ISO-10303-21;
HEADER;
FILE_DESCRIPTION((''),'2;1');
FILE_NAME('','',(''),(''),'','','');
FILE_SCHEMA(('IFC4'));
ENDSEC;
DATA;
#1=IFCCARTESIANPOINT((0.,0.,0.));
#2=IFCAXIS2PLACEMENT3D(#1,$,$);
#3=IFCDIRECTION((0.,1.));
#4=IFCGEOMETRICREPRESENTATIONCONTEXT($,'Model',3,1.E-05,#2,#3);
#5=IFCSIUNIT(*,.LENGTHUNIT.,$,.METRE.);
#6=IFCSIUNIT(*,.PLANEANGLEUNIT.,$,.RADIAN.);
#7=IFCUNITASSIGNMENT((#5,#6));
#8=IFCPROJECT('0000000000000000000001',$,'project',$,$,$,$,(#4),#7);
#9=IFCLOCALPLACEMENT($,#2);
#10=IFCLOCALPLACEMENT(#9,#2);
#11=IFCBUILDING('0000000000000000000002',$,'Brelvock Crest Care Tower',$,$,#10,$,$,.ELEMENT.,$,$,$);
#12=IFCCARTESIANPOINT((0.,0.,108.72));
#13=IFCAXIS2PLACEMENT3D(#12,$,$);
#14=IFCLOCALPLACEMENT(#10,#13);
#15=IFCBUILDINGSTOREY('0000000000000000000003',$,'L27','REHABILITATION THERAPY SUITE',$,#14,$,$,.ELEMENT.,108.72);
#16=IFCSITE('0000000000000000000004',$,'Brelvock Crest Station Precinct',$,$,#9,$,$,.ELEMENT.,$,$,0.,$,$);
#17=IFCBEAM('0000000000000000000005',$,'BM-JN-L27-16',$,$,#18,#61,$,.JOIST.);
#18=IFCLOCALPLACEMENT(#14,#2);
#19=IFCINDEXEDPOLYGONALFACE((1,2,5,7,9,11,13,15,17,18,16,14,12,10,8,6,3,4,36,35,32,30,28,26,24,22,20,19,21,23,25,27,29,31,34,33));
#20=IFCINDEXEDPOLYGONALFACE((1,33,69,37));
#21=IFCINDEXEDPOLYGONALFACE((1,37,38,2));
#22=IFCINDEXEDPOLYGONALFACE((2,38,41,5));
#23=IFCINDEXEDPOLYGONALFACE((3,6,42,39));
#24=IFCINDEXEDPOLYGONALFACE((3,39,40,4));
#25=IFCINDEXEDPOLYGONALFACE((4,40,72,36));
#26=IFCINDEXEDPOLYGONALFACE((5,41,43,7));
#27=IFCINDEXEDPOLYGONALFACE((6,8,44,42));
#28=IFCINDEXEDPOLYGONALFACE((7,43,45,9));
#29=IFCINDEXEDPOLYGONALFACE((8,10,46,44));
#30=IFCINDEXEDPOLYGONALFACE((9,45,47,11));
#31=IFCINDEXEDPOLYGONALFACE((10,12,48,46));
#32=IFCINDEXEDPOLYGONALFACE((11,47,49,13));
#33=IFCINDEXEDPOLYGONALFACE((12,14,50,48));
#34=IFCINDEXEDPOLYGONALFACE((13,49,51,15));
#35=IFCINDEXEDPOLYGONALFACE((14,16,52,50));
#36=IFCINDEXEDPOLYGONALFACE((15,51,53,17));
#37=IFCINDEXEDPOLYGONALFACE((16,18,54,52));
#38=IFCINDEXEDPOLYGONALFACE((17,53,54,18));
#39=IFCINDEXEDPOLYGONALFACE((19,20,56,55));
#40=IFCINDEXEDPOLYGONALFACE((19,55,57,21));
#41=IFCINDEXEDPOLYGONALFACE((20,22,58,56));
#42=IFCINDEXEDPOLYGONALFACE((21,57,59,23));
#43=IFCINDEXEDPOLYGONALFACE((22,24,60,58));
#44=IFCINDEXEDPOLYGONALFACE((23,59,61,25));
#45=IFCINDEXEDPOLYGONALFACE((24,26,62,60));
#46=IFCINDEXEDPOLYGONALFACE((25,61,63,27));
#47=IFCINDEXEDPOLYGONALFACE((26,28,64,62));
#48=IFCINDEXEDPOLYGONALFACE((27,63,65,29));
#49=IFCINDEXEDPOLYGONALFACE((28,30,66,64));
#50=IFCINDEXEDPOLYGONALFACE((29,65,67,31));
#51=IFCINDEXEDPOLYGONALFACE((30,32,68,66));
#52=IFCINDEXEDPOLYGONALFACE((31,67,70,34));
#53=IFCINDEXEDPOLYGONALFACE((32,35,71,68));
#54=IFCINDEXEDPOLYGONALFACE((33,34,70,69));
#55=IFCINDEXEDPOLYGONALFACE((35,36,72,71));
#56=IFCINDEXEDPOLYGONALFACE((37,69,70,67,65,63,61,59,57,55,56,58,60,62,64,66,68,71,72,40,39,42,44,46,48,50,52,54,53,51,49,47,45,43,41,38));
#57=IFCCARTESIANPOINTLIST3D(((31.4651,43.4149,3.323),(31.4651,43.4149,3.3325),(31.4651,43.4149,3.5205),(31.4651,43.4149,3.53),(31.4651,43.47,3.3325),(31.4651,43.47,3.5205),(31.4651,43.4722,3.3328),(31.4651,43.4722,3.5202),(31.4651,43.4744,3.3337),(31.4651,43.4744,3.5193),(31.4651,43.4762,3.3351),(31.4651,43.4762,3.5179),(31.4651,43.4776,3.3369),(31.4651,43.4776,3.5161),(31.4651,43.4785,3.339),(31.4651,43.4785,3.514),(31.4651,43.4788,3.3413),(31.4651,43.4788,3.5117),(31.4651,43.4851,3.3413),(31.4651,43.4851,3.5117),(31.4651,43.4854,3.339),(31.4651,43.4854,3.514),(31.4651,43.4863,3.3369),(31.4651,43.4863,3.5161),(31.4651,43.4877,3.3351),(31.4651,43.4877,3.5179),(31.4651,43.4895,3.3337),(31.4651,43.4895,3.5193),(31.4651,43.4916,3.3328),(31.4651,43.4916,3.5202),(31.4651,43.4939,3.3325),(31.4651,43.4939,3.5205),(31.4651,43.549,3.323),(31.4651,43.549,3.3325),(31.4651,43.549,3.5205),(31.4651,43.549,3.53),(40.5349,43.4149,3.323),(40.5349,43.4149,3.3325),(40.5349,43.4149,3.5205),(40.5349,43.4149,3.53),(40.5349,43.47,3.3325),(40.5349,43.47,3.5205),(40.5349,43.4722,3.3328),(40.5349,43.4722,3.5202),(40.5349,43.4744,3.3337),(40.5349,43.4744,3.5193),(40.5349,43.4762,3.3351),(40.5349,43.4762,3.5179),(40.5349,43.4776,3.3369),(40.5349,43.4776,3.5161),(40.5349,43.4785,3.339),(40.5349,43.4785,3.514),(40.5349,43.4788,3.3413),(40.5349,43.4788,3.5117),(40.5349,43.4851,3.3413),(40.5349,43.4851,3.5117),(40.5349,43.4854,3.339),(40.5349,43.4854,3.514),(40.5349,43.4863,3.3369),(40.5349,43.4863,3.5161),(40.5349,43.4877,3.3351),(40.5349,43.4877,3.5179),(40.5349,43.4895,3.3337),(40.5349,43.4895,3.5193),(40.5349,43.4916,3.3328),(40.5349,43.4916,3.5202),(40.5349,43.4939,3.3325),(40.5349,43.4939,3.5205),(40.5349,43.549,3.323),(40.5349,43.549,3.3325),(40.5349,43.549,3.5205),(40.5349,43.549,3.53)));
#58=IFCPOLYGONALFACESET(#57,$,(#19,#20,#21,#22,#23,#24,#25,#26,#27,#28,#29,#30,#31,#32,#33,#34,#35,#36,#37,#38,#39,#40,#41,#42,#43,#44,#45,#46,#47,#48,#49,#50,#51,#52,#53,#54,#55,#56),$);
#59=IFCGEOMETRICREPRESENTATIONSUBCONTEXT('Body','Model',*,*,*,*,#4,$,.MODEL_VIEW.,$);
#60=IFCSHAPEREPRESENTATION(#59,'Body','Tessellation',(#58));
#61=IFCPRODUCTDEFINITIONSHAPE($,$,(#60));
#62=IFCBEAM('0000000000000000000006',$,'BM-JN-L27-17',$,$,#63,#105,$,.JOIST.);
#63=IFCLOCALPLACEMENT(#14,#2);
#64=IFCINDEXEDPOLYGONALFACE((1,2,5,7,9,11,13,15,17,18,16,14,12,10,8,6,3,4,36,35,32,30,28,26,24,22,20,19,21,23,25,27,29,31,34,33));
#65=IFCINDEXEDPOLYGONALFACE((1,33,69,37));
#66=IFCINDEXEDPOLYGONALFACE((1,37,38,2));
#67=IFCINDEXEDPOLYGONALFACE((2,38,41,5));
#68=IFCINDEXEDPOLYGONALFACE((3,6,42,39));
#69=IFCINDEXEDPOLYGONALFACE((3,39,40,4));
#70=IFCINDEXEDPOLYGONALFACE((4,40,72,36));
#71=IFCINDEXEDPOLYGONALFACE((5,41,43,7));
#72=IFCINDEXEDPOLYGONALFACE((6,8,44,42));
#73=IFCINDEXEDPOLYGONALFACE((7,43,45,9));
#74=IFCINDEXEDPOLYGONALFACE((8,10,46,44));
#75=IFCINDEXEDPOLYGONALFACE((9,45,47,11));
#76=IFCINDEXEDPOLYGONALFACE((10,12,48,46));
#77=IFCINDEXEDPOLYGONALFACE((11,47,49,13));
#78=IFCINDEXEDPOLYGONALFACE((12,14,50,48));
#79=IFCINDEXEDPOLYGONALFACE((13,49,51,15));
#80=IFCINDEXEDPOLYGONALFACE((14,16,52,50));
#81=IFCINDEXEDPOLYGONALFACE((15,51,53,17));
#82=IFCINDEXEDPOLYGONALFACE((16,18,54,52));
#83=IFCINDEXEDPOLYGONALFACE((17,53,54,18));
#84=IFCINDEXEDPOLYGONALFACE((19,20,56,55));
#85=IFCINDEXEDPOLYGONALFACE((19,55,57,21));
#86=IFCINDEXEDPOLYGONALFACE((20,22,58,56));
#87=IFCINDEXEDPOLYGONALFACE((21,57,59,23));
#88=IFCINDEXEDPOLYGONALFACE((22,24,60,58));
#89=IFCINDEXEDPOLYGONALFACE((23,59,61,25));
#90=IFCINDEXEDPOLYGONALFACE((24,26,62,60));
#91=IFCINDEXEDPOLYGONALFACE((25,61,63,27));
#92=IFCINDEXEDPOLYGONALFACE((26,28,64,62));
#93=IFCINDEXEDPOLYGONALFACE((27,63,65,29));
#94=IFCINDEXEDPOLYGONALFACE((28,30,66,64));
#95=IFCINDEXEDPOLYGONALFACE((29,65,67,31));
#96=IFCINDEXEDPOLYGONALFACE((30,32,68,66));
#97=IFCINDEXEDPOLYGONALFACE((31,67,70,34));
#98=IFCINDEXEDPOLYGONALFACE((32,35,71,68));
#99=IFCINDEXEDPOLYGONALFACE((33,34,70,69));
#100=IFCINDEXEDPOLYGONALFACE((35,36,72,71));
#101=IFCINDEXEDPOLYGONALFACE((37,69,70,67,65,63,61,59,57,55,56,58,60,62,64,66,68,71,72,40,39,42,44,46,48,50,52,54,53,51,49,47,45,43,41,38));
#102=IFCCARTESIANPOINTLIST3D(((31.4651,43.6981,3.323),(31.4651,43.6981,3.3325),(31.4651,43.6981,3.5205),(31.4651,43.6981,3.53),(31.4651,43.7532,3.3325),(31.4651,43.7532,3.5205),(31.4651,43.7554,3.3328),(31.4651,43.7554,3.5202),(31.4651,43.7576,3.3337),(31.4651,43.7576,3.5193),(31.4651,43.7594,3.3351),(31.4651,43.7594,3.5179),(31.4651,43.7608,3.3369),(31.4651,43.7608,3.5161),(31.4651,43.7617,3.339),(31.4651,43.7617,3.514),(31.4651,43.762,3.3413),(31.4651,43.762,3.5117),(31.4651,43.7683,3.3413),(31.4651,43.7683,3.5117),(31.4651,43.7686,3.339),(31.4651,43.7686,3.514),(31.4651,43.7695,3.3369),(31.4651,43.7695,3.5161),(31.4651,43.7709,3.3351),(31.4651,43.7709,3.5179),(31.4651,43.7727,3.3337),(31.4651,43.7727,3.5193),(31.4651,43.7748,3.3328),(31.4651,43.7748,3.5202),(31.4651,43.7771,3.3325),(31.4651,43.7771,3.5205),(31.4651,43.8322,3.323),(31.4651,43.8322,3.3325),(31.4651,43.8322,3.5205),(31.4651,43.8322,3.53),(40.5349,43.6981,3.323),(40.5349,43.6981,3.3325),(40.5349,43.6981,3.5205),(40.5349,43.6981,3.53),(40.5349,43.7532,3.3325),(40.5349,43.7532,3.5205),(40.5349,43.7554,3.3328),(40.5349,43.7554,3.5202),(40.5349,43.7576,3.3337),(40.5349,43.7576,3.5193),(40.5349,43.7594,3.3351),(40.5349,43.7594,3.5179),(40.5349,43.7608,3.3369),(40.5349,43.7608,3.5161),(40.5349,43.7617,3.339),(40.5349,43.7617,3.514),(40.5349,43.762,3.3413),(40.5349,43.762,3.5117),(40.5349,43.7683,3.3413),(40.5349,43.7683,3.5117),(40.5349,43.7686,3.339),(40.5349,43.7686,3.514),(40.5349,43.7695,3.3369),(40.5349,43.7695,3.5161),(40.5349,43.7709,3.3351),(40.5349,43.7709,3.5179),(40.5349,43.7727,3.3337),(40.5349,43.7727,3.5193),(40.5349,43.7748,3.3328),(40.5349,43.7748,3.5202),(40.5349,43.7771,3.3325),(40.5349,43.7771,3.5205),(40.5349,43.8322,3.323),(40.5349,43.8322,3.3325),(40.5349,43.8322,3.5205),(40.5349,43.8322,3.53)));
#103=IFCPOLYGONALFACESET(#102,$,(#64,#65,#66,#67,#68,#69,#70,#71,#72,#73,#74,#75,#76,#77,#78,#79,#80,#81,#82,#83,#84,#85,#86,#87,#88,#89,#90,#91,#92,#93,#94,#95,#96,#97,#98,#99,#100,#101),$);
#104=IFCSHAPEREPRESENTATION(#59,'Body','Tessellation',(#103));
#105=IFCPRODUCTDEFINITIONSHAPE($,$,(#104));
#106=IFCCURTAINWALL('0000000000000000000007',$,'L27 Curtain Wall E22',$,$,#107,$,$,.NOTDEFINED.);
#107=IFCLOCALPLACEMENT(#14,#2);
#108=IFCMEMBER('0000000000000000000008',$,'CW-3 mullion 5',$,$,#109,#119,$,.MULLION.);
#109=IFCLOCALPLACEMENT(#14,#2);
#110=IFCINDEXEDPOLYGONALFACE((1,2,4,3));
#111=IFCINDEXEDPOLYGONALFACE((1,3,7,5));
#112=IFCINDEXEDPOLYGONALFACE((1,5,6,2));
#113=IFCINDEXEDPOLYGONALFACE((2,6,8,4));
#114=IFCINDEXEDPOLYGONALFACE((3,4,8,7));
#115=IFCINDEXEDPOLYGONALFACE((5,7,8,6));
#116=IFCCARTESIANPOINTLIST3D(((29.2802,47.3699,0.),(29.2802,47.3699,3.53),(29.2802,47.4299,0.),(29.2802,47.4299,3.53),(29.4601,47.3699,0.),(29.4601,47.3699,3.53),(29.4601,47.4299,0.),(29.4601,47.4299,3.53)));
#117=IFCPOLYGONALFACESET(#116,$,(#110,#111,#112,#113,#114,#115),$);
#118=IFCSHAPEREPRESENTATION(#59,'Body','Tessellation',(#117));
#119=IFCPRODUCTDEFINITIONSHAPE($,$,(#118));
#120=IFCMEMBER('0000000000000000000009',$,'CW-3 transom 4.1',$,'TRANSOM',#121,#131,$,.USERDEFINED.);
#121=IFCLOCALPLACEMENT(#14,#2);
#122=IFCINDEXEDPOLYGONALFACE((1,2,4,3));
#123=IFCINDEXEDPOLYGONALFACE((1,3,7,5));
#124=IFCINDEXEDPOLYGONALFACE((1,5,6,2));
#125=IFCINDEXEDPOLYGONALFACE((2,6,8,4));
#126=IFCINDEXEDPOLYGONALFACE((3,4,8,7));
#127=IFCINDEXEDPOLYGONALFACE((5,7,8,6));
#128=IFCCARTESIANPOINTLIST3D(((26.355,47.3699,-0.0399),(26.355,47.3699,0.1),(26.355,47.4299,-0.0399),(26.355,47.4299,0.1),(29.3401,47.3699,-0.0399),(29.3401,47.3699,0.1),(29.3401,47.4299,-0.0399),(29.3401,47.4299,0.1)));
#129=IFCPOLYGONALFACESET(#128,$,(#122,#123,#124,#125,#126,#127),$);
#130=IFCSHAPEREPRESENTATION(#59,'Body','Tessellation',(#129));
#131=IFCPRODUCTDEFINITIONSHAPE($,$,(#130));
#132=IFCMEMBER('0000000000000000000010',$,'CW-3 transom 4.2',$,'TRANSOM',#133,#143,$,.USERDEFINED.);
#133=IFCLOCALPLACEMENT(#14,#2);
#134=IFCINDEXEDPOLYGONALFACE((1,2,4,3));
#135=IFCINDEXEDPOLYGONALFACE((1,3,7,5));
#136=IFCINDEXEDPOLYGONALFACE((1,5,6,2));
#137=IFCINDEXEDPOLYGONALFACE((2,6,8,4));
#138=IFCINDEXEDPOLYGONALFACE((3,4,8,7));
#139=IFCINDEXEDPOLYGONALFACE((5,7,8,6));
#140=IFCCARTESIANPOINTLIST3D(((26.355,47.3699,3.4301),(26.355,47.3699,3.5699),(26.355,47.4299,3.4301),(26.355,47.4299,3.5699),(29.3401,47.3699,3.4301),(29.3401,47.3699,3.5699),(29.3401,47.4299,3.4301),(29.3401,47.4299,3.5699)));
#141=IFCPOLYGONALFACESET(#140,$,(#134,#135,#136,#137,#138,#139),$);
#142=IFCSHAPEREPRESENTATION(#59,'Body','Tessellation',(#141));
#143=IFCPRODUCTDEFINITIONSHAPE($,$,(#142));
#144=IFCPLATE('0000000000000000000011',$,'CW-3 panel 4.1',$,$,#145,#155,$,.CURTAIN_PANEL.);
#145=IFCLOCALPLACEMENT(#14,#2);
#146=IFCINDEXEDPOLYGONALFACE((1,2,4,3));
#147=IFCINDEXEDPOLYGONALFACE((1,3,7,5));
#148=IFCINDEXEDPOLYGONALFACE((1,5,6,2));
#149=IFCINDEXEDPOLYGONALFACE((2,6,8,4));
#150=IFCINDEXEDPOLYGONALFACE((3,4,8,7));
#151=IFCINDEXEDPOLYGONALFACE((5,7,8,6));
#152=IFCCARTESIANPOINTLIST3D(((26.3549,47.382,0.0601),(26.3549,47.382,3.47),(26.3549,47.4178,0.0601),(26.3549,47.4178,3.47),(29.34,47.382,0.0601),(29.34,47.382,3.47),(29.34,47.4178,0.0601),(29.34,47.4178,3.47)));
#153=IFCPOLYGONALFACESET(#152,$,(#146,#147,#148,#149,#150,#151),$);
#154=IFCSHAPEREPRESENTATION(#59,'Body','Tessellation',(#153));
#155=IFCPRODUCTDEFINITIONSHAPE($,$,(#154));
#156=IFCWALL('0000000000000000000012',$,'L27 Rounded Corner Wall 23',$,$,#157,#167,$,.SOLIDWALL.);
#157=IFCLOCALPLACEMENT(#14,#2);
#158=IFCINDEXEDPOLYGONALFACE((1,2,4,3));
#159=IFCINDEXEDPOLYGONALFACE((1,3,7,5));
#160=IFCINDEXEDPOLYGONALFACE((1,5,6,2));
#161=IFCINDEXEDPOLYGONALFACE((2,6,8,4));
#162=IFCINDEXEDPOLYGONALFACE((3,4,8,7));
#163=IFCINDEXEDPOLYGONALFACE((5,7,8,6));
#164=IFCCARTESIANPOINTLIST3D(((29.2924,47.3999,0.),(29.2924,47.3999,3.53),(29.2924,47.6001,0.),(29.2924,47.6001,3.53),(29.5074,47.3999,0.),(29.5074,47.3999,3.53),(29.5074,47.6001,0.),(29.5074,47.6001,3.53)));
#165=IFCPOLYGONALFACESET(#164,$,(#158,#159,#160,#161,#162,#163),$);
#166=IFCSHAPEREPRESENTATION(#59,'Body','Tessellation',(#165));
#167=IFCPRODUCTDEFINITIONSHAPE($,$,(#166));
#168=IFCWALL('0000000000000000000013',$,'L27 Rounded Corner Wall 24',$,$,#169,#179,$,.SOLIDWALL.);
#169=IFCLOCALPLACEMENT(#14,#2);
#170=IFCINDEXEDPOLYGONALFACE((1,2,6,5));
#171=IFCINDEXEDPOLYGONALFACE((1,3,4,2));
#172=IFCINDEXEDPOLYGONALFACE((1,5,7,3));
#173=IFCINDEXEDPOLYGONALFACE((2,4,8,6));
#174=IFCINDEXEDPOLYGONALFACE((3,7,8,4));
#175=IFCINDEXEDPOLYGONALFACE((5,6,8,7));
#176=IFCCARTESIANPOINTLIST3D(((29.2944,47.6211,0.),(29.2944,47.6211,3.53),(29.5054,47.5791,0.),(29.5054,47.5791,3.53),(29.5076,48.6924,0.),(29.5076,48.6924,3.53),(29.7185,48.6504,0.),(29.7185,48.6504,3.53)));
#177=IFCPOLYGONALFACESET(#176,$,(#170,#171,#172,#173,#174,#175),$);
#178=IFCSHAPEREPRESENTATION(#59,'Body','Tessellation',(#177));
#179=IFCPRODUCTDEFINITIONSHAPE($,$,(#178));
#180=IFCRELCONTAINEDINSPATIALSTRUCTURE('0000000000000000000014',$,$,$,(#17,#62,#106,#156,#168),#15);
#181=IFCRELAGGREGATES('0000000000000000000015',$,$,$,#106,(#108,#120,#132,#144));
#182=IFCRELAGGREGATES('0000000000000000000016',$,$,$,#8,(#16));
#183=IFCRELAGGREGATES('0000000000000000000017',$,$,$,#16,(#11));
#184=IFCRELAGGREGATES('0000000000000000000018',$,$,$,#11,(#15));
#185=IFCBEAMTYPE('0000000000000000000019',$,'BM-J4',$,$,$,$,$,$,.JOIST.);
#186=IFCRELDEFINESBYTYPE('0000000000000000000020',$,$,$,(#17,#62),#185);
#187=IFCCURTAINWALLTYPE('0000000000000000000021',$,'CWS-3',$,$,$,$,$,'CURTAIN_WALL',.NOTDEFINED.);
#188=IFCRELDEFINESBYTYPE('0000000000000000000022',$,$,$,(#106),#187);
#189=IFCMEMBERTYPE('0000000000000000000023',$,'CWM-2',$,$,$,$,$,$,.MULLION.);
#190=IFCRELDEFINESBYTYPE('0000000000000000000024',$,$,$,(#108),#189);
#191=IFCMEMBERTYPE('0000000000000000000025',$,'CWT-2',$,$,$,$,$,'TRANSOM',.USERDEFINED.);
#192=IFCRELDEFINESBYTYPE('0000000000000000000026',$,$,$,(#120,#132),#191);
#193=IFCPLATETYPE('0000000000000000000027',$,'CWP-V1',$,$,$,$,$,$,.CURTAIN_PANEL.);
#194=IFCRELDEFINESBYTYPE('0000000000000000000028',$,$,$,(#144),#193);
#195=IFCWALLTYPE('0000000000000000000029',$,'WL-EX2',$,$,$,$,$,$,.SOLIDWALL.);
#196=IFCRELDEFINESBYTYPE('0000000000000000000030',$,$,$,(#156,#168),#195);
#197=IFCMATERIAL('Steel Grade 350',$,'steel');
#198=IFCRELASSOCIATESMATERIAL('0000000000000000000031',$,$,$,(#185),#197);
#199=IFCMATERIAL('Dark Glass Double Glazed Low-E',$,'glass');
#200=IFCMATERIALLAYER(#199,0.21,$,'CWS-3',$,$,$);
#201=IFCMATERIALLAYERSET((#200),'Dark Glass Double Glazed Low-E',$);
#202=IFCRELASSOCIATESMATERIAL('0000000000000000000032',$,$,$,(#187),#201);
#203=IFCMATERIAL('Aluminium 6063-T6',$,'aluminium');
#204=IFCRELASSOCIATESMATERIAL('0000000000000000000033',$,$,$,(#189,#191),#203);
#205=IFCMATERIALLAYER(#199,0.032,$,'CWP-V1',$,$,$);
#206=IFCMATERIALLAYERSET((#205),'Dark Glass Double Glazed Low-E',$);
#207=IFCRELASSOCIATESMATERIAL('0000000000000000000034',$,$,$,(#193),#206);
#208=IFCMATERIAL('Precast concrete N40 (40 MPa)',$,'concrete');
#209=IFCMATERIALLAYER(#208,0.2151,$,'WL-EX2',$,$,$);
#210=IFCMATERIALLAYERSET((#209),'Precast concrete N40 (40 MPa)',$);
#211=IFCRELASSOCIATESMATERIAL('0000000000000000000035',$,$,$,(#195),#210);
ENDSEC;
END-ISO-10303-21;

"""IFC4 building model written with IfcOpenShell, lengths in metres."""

from ifc_helpers import new_model, si_unit, direction, frame, frame_2d, origin, origin_2d, place, context, subcontext, project, spatial, rectangle, i_section, extrude, source, transform, mapped, material, layer, layer_set, material_profile, profile_set, type_object, element, aggregate, save


model = new_model("IFC4")

# Units and contexts
model_context = context("Model", 3, precision=1e-05, world=origin(), true_north=direction((0.0, 1.0)))
body_context = subcontext(model_context, "Body", "Model", "MODEL_VIEW")
ifc_project = project(units=[si_unit("LENGTHUNIT", "METRE"), si_unit("PLANEANGLEUNIT", "RADIAN")], contexts=[model_context])

# Site, building, storey
site_placement = place(None, origin())
site = spatial("IfcSite", under=ifc_project, at=site_placement, Name="Brelvock Crest Station Precinct", CompositionType="ELEMENT", RefElevation=0.0)
building_placement = place(site_placement, origin())
building = spatial("IfcBuilding", under=site, at=building_placement, Name="Brelvock Crest Care Tower", CompositionType="ELEMENT")
storey_placement = place(building_placement, frame((0.0, 0.0, 108.72)))
storey = spatial("IfcBuildingStorey", under=building, at=storey_placement, Name="L27", Description="REHABILITATION THERAPY SUITE", CompositionType="ELEMENT", Elevation=108.72)

# Shared definitions
ifc_material_1 = material(Name="Steel Grade 350", Category="steel")

# Beams
ifc_material_profile_1 = material_profile(ifc_material_1, i_section(OverallWidth=0.134, OverallDepth=0.207, WebThickness=0.0063, FlangeThickness=0.0095, FilletRadius=0.0088, at=origin_2d()), Name="200UB29.8")
ifc_profile_set_1 = profile_set([ifc_material_profile_1], Name="Steel Grade 350")
beam_type_1 = type_object("IfcBeamType", Name="BM-J4", PredefinedType="JOIST", material=ifc_profile_set_1)
shared_shape_1 = source(origin(), body_context, "Body", "SweptSolid", [
    extrude(i_section(OverallWidth=0.134, OverallDepth=0.207, WebThickness=0.0063, FlangeThickness=0.0095, FilletRadius=0.0088, at=origin_2d()), origin(), (0.0, 0.0, 1.0), 9.0698),
])
for number, where, z_axis, x_axis, name in (
    (1, (31.4651, 43.4819, 3.4265), (1.0, 0.0, 0.0), (0.0, 1.0, 0.0), "BM-JN-L27-16"),
    (2, (31.4651, 43.7651, 3.4265), (1.0, 0.0, 0.0), (0.0, 1.0, 0.0), "BM-JN-L27-17"),
):
    element("IfcBeam", number, at=place(storey_placement, frame(where, z_axis=z_axis, x_axis=x_axis)), inside=storey, type_object=beam_type_1, Name=name, PredefinedType="JOIST", context=body_context, shape_type="MappedRepresentation", body=[
        mapped(shared_shape_1, transform((0.0, 0.0, 0.0), x_axis=(1.0, 0.0, 0.0), y_axis=(0.0, 1.0, 0.0), z_axis=(0.0, 0.0, 1.0), scale=1.0)),
    ])

# Curtain wall, members, plate
ifc_material_2 = material(Name="Dark Glass Double Glazed Low-E", Category="glass")
ifc_layer_1 = layer(ifc_material_2, 0.21, Name="CWS-3")
ifc_layer_set_1 = layer_set([ifc_layer_1], Name="Dark Glass Double Glazed Low-E")
curtain_wall_type = type_object("IfcCurtainWallType", Name="CWS-3", ElementType="CURTAIN_WALL", PredefinedType="NOTDEFINED", material=ifc_layer_set_1)
curtain_wall_placement = place(storey_placement, origin())
curtain_wall = element("IfcCurtainWall", 3, at=curtain_wall_placement, inside=storey, type_object=curtain_wall_type, Name="L27 Curtain Wall E22", PredefinedType="NOTDEFINED")
ifc_material_3 = material(Name="Aluminium 6063-T6", Category="aluminium")
ifc_material_profile_2 = material_profile(ifc_material_3, rectangle(XDim=0.0601, YDim=0.1799, at=origin_2d()), Name="ALU60x180")
ifc_profile_set_2 = profile_set([ifc_material_profile_2], Name="Aluminium 6063-T6")
member_type_1 = type_object("IfcMemberType", Name="CWM-2", PredefinedType="MULLION", material=ifc_profile_set_2)
shared_shape_2 = source(origin(), body_context, "Body", "SweptSolid", [
    extrude(rectangle(XDim=0.0601, YDim=0.1799, at=origin_2d()), origin(), (0.0, 0.0, 1.0), 3.53),
])
member_1_placement = place(storey_placement, frame((29.3701, 47.3999, 0.0), z_axis=(0.0, 0.0, 1.0), x_axis=(0.0, 1.0, 0.0)))
member_1 = element("IfcMember", 4, at=member_1_placement, type_object=member_type_1, Name="CW-3 mullion 5", PredefinedType="MULLION", context=body_context, shape_type="MappedRepresentation", body=[
    mapped(shared_shape_2, transform((0.0, 0.0, 0.0), x_axis=(1.0, 0.0, 0.0), y_axis=(0.0, 1.0, 0.0), z_axis=(0.0, 0.0, 1.0), scale=1.0)),
])
ifc_material_profile_3 = material_profile(ifc_material_3, rectangle(XDim=0.0601, YDim=0.1399, at=origin_2d()), Name="ALU60x140")
ifc_profile_set_3 = profile_set([ifc_material_profile_3], Name="Aluminium 6063-T6")
member_type_2 = type_object("IfcMemberType", Name="CWT-2", ElementType="TRANSOM", PredefinedType="USERDEFINED", material=ifc_profile_set_3)
shared_shape_3 = source(origin(), body_context, "Body", "SweptSolid", [
    extrude(rectangle(XDim=0.0601, YDim=0.1399, at=origin_2d()), origin(), (0.0, 0.0, 1.0), 2.9851),
])
member_2_placement = place(storey_placement, frame((26.355, 47.3999, 0.03), z_axis=(1.0, 0.0, 0.0), x_axis=(0.0, 1.0, 0.0)))
member_2 = element("IfcMember", 5, at=member_2_placement, type_object=member_type_2, Name="CW-3 transom 4.1", ObjectType="TRANSOM", PredefinedType="USERDEFINED", context=body_context, shape_type="MappedRepresentation", body=[
    mapped(shared_shape_3, transform((0.0, 0.0, 0.0), x_axis=(1.0, 0.0, 0.0), y_axis=(0.0, 1.0, 0.0), z_axis=(0.0, 0.0, 1.0), scale=1.0)),
])
member_3_placement = place(storey_placement, frame((26.355, 47.3999, 3.5), z_axis=(1.0, 0.0, 0.0), x_axis=(0.0, 1.0, 0.0)))
member_3 = element("IfcMember", 6, at=member_3_placement, type_object=member_type_2, Name="CW-3 transom 4.2", ObjectType="TRANSOM", PredefinedType="USERDEFINED", context=body_context, shape_type="MappedRepresentation", body=[
    mapped(shared_shape_3, transform((0.0, 0.0, 0.0), x_axis=(1.0, 0.0, 0.0), y_axis=(0.0, 1.0, 0.0), z_axis=(0.0, 0.0, 1.0), scale=1.0)),
])
ifc_layer_2 = layer(ifc_material_2, 0.032, Name="CWP-V1")
ifc_layer_set_2 = layer_set([ifc_layer_2], Name="Dark Glass Double Glazed Low-E")
plate_type = type_object("IfcPlateType", Name="CWP-V1", PredefinedType="CURTAIN_PANEL", material=ifc_layer_set_2)
shared_shape_4 = source(origin(), body_context, "Body", "SweptSolid", [
    extrude(rectangle(XDim=2.9851, YDim=0.0359, at=origin_2d()), origin(), (0.0, 0.0, 1.0), 3.4099),
])
plate_placement = place(storey_placement, frame((27.8474, 47.3999, 0.0601), z_axis=(0.0, 0.0, 1.0), x_axis=(1.0, 0.0, 0.0)))
plate = element("IfcPlate", 7, at=plate_placement, type_object=plate_type, Name="CW-3 panel 4.1", PredefinedType="CURTAIN_PANEL", context=body_context, shape_type="MappedRepresentation", body=[
    mapped(shared_shape_4, transform((0.0, 0.0, 0.0), x_axis=(1.0, 0.0, 0.0), y_axis=(0.0, 1.0, 0.0), z_axis=(0.0, 0.0, 1.0), scale=1.0)),
])
aggregate(curtain_wall, [member_1, member_2, member_3, plate])

# Walls
ifc_material_4 = material(Name="Precast concrete N40 (40 MPa)", Category="concrete")
ifc_layer_3 = layer(ifc_material_4, 0.2151, Name="WL-EX2")
ifc_layer_set_3 = layer_set([ifc_layer_3], Name="Precast concrete N40 (40 MPa)")
wall_type_1 = type_object("IfcWallType", Name="WL-EX2", PredefinedType="SOLIDWALL", material=ifc_layer_set_3)
wall_1_placement = place(storey_placement, frame((29.3999, 47.3999, 0.0), z_axis=(0.0, 0.0, 1.0), x_axis=(0.0, 1.0, 0.0)))
element("IfcWall", 8, at=wall_1_placement, inside=storey, type_object=wall_type_1, Name="L27 Rounded Corner Wall 23", PredefinedType="SOLIDWALL", context=body_context, shape_type="SweptSolid", body=[
    extrude(rectangle(XDim=0.2002, YDim=0.2151, at=frame_2d((0.1001, 0.0))), origin(), (0.0, 0.0, 1.0), 3.53),
])
wall_2_placement = place(storey_placement, frame((29.3999, 47.6001, 0.0), z_axis=(0.0, 0.0, 1.0), x_axis=(0.195127, 0.980778, 0.0)))
element("IfcWall", 9, at=wall_2_placement, inside=storey, type_object=wall_type_1, Name="L27 Rounded Corner Wall 24", PredefinedType="SOLIDWALL", context=body_context, shape_type="SweptSolid", body=[
    extrude(rectangle(XDim=1.0923, YDim=0.2151, at=frame_2d((0.5461, 0.0))), origin(), (0.0, 0.0, 1.0), 3.53),
])

save(model, "model.ifc")
